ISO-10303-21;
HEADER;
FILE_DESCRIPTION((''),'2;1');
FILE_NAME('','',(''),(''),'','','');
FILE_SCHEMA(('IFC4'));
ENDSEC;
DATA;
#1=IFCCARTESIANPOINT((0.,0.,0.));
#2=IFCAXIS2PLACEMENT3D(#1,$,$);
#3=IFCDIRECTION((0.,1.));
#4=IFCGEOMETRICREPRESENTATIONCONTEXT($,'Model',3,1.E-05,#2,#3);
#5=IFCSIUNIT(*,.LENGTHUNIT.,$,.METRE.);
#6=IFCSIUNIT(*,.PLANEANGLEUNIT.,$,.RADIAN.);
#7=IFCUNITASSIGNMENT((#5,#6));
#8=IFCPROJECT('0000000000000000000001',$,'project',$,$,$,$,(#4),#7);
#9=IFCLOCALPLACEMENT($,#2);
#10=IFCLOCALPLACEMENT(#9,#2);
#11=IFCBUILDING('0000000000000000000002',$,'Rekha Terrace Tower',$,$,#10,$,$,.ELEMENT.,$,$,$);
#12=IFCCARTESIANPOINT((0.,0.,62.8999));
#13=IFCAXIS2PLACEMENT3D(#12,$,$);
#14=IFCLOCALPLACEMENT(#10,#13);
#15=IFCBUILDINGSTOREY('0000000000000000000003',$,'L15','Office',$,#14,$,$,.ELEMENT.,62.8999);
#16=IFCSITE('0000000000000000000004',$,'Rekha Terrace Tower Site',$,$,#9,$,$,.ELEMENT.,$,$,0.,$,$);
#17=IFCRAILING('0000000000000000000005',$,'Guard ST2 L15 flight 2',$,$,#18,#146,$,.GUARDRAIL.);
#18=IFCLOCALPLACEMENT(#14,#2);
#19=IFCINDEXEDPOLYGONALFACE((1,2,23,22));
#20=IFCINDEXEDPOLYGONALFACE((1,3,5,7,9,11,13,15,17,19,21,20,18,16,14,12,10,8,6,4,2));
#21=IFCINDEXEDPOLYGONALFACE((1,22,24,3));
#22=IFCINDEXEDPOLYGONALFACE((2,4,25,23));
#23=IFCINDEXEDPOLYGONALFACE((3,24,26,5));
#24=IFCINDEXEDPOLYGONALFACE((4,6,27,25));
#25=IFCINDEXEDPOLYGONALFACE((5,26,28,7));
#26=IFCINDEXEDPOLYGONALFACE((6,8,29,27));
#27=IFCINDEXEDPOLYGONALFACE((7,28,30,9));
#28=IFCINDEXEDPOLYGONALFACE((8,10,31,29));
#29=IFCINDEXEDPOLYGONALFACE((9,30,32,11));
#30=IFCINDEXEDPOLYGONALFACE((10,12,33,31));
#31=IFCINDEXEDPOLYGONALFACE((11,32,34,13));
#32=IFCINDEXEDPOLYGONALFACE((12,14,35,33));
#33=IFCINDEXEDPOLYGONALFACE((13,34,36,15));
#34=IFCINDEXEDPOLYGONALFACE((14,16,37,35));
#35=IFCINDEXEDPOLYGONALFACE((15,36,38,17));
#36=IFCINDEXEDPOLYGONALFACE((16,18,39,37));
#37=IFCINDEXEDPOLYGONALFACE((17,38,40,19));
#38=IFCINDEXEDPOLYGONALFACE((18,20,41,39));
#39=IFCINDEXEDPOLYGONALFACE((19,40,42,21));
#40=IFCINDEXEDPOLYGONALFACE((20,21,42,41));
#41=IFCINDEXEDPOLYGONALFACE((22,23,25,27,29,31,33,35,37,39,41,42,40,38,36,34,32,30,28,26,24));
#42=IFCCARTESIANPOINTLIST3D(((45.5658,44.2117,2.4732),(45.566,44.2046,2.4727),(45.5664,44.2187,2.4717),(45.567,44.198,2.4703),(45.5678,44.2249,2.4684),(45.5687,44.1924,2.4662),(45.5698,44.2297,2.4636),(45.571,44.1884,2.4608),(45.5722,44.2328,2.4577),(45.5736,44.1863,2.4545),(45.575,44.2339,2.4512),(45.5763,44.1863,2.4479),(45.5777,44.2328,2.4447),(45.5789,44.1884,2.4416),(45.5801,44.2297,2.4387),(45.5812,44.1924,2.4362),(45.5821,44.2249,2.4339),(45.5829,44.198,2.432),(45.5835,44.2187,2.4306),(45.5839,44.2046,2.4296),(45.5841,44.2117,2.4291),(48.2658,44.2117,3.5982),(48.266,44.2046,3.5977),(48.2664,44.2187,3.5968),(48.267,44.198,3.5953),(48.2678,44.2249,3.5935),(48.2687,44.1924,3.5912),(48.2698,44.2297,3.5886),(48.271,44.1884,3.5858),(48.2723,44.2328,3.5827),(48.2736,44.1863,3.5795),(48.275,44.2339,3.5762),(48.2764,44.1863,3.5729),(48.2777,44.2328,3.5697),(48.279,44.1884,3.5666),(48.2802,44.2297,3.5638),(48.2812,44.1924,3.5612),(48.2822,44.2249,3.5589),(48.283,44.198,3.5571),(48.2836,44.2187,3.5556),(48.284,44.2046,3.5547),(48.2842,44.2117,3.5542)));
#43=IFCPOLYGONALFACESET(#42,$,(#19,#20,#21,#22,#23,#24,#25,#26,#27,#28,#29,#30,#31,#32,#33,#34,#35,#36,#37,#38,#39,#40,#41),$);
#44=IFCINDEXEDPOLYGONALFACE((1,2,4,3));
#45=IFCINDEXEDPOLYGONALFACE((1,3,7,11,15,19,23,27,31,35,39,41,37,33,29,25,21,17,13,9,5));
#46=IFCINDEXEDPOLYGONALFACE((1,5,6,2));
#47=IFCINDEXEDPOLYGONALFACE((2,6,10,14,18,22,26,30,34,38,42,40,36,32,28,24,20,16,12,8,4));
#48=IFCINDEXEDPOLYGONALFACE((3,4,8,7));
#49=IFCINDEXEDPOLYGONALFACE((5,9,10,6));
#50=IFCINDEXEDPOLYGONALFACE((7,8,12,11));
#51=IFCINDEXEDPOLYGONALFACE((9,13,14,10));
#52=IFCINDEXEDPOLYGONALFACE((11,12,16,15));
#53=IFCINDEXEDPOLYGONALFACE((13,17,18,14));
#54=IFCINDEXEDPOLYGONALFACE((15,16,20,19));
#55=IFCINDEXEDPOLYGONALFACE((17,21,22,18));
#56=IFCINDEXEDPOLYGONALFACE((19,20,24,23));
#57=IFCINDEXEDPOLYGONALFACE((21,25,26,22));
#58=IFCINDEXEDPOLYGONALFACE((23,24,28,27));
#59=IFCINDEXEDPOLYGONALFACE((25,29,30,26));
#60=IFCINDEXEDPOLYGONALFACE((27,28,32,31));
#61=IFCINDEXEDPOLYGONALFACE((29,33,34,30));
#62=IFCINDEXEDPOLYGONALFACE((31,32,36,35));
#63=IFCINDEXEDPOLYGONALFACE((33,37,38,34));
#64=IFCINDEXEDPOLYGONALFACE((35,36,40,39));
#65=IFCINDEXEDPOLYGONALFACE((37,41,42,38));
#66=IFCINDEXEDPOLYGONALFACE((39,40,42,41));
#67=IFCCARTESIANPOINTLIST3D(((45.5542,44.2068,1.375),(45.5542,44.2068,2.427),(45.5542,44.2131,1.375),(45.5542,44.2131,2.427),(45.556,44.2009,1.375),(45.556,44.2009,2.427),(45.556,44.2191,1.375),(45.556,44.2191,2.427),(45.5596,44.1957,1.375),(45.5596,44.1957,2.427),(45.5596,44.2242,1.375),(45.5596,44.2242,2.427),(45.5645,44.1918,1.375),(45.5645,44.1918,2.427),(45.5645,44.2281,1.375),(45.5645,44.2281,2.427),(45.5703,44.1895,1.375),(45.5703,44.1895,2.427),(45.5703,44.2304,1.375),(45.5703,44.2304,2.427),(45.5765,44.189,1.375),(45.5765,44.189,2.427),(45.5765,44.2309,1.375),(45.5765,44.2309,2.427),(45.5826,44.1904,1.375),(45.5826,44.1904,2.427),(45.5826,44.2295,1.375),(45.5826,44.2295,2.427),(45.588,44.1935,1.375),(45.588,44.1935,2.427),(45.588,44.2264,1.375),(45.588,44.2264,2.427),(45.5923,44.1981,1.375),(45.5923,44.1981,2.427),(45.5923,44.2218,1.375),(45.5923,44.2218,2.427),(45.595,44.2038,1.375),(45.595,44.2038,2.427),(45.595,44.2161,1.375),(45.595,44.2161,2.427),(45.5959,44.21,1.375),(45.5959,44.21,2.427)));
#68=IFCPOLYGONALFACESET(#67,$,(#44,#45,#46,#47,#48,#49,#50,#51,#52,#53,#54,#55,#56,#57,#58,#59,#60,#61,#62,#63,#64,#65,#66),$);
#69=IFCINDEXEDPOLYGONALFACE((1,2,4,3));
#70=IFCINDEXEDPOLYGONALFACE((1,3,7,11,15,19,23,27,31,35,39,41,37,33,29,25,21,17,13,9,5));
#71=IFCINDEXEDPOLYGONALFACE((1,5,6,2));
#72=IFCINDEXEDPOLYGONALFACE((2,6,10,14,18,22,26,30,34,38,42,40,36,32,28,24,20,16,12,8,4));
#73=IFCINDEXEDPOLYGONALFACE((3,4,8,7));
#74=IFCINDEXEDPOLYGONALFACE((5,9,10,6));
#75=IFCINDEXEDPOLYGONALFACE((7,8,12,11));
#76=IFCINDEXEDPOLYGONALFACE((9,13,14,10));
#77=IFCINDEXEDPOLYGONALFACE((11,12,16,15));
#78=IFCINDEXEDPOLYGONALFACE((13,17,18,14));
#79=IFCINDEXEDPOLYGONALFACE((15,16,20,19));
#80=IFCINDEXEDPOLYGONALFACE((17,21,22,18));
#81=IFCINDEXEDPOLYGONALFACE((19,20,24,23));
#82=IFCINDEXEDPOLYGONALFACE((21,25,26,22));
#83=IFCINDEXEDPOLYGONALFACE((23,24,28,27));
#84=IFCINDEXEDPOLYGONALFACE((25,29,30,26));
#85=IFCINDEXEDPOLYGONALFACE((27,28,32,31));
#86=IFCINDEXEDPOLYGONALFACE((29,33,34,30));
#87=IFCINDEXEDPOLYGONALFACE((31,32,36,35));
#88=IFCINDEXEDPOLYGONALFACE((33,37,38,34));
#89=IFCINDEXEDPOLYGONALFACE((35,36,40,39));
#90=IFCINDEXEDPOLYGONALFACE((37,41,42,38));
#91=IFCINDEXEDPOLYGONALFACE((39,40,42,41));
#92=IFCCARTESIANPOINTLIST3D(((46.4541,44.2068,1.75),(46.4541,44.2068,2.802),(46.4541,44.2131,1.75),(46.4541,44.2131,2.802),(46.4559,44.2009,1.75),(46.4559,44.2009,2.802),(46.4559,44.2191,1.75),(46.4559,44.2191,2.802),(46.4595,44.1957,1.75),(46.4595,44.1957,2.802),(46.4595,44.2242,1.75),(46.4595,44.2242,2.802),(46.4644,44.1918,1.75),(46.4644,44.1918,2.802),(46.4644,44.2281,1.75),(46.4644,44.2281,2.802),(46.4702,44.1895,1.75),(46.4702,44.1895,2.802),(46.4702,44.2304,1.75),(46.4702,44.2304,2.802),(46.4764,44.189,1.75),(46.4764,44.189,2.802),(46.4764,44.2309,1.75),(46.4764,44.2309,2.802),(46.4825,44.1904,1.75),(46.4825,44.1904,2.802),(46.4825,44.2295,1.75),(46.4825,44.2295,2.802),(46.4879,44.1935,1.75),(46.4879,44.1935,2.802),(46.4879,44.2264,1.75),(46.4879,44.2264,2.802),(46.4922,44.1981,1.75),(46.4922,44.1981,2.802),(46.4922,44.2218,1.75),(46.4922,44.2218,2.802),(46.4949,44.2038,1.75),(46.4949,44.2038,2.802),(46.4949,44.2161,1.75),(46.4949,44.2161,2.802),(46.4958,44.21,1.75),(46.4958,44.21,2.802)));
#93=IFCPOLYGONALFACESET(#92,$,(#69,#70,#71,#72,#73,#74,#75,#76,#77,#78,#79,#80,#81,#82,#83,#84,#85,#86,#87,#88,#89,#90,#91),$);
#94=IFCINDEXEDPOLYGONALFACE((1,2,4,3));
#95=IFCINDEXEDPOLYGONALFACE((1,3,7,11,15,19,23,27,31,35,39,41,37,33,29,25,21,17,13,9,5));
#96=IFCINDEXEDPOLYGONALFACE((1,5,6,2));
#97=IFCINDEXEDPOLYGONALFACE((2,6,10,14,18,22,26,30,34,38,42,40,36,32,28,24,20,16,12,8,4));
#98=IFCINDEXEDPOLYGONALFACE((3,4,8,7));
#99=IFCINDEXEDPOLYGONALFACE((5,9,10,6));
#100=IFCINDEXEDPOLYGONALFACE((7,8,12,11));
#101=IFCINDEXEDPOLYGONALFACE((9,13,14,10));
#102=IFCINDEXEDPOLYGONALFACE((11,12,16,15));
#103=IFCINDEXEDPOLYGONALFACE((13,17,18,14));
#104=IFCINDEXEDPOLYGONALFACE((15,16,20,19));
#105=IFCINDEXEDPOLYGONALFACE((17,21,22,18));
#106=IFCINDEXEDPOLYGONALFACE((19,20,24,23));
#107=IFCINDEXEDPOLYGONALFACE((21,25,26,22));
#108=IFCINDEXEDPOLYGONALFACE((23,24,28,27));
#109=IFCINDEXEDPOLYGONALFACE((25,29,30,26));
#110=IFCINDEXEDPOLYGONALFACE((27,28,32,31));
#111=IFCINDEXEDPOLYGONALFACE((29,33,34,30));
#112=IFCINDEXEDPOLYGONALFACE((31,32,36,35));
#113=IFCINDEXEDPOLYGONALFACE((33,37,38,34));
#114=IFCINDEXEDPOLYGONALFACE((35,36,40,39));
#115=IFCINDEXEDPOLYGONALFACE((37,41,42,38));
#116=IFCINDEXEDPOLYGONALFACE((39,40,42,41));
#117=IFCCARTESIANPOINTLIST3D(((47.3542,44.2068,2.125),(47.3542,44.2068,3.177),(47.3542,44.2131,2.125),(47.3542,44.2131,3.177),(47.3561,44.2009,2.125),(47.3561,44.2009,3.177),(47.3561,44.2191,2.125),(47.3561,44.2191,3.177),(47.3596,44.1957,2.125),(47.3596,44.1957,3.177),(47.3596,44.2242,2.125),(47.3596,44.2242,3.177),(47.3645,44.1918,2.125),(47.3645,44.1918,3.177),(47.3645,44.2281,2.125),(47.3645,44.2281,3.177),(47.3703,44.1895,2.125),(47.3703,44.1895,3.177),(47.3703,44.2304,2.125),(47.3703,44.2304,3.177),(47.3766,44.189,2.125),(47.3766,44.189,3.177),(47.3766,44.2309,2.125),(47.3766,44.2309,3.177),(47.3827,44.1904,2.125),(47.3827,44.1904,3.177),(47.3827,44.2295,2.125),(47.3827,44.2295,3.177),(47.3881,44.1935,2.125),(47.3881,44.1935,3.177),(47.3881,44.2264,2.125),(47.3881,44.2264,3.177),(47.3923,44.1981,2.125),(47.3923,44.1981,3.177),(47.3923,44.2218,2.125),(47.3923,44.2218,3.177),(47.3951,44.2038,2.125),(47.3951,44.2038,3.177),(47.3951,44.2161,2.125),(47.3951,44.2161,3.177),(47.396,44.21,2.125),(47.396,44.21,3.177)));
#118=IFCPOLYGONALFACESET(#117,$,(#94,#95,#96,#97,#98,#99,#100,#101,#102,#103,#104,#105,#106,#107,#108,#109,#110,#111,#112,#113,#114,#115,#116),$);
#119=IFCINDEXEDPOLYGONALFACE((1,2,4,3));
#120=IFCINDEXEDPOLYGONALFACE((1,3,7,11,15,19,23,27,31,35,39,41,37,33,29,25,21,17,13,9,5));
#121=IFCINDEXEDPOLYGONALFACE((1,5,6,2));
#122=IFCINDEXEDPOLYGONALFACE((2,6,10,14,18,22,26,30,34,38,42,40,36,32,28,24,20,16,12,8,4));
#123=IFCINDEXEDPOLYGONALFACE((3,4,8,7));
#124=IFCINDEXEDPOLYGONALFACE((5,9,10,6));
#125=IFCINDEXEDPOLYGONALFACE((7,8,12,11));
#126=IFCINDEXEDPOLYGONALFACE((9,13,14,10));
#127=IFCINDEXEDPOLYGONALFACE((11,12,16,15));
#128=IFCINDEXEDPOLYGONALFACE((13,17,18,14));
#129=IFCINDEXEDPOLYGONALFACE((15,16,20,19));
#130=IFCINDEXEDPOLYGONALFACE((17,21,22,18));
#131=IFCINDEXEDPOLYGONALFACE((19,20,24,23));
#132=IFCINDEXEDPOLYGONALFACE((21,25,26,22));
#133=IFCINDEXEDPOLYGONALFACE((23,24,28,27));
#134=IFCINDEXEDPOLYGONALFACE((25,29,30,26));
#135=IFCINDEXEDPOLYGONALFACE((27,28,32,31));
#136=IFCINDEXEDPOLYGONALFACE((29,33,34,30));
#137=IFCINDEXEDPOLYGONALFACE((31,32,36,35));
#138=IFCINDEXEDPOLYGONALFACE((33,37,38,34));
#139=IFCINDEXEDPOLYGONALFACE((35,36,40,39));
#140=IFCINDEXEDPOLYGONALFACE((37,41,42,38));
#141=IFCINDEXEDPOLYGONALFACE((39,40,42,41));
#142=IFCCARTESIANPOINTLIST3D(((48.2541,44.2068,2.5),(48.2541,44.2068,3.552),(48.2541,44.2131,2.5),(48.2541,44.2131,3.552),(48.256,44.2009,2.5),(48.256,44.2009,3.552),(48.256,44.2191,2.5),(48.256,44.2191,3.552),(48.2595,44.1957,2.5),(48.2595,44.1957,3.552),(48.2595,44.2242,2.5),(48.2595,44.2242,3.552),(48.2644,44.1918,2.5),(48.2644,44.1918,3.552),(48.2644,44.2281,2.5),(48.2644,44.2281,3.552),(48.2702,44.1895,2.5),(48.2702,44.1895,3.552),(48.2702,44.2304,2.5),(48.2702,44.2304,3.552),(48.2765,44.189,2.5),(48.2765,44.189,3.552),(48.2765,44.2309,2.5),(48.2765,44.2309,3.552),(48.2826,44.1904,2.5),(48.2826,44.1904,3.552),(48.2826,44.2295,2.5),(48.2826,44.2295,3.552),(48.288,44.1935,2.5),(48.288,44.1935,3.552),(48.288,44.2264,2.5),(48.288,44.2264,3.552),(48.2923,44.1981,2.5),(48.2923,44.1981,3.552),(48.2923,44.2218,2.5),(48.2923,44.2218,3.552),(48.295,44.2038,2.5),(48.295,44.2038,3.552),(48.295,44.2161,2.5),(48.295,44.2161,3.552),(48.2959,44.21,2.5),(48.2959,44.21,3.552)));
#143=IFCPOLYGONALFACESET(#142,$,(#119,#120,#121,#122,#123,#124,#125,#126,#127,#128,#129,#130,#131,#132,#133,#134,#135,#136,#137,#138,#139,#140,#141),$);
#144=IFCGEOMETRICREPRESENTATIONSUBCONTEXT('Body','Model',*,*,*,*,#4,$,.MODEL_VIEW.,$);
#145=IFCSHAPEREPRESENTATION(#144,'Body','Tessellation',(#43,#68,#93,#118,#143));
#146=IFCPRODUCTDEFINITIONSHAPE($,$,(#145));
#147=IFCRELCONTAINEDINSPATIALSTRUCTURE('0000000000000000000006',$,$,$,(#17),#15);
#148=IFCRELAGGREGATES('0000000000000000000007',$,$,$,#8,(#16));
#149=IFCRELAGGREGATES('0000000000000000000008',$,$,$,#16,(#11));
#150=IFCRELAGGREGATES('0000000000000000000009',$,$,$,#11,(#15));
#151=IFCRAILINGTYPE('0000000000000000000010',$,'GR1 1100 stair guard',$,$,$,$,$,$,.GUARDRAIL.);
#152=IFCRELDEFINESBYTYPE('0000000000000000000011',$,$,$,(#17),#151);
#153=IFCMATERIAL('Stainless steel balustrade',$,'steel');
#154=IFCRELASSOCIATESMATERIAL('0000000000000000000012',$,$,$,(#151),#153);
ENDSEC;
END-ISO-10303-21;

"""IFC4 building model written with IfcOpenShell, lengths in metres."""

from ifc_helpers import new_model, si_unit, direction, frame, origin, origin_2d, place, context, subcontext, project, spatial, circle, extrude, material, type_object, element, save


model = new_model("IFC4")

# Units and contexts
model_context = context("Model", 3, precision=1e-05, world=origin(), true_north=direction((0.0, 1.0)))
body_context = subcontext(model_context, "Body", "Model", "MODEL_VIEW")
ifc_project = project(units=[si_unit("LENGTHUNIT", "METRE"), si_unit("PLANEANGLEUNIT", "RADIAN")], contexts=[model_context])

# Site, building, storey
site_placement = place(None, origin())
site = spatial("IfcSite", under=ifc_project, at=site_placement, Name="Rekha Terrace Tower Site", CompositionType="ELEMENT", RefElevation=0.0)
building_placement = place(site_placement, origin())
building = spatial("IfcBuilding", under=site, at=building_placement, Name="Rekha Terrace Tower", CompositionType="ELEMENT")
storey_placement = place(building_placement, frame((0.0, 0.0, 62.8999)))
storey = spatial("IfcBuildingStorey", under=building, at=storey_placement, Name="L15", Description="Office", CompositionType="ELEMENT", Elevation=62.8999)

# Railing
ifc_material_1 = material(Name="Stainless steel balustrade", Category="steel")
railing_type_1 = type_object("IfcRailingType", Name="GR1 1100 stair guard", PredefinedType="GUARDRAIL", material=ifc_material_1)
railing_1_placement = place(storey_placement, frame((45.575, 44.21, 1.375)))
element("IfcRailing", 1, at=railing_1_placement, inside=storey, type_object=railing_type_1, Name="Guard ST2 L15 flight 2", PredefinedType="GUARDRAIL", context=body_context, shape_type="SweptSolid", body=[
    extrude(circle(Radius=0.0239, at=origin_2d()), frame((0.0, 0.0, 1.0762), z_axis=(0.923074, 0.0, 0.384621), x_axis=(0.0, 1.0, 0.0)), (0.0, 0.0, 1.0), 2.925),
    extrude(circle(Radius=0.021, at=origin_2d()), origin(), (0.0, 0.0, 1.0), 1.052),
    extrude(circle(Radius=0.021, at=origin_2d()), frame((0.8999, 0.0, 0.375)), (0.0, 0.0, 1.0), 1.052),
    extrude(circle(Radius=0.021, at=origin_2d()), frame((1.8, 0.0, 0.75)), (0.0, 0.0, 1.0), 1.052),
    extrude(circle(Radius=0.021, at=origin_2d()), frame((2.7, 0.0, 1.125)), (0.0, 0.0, 1.0), 1.052),
])

save(model, "model.ifc")
